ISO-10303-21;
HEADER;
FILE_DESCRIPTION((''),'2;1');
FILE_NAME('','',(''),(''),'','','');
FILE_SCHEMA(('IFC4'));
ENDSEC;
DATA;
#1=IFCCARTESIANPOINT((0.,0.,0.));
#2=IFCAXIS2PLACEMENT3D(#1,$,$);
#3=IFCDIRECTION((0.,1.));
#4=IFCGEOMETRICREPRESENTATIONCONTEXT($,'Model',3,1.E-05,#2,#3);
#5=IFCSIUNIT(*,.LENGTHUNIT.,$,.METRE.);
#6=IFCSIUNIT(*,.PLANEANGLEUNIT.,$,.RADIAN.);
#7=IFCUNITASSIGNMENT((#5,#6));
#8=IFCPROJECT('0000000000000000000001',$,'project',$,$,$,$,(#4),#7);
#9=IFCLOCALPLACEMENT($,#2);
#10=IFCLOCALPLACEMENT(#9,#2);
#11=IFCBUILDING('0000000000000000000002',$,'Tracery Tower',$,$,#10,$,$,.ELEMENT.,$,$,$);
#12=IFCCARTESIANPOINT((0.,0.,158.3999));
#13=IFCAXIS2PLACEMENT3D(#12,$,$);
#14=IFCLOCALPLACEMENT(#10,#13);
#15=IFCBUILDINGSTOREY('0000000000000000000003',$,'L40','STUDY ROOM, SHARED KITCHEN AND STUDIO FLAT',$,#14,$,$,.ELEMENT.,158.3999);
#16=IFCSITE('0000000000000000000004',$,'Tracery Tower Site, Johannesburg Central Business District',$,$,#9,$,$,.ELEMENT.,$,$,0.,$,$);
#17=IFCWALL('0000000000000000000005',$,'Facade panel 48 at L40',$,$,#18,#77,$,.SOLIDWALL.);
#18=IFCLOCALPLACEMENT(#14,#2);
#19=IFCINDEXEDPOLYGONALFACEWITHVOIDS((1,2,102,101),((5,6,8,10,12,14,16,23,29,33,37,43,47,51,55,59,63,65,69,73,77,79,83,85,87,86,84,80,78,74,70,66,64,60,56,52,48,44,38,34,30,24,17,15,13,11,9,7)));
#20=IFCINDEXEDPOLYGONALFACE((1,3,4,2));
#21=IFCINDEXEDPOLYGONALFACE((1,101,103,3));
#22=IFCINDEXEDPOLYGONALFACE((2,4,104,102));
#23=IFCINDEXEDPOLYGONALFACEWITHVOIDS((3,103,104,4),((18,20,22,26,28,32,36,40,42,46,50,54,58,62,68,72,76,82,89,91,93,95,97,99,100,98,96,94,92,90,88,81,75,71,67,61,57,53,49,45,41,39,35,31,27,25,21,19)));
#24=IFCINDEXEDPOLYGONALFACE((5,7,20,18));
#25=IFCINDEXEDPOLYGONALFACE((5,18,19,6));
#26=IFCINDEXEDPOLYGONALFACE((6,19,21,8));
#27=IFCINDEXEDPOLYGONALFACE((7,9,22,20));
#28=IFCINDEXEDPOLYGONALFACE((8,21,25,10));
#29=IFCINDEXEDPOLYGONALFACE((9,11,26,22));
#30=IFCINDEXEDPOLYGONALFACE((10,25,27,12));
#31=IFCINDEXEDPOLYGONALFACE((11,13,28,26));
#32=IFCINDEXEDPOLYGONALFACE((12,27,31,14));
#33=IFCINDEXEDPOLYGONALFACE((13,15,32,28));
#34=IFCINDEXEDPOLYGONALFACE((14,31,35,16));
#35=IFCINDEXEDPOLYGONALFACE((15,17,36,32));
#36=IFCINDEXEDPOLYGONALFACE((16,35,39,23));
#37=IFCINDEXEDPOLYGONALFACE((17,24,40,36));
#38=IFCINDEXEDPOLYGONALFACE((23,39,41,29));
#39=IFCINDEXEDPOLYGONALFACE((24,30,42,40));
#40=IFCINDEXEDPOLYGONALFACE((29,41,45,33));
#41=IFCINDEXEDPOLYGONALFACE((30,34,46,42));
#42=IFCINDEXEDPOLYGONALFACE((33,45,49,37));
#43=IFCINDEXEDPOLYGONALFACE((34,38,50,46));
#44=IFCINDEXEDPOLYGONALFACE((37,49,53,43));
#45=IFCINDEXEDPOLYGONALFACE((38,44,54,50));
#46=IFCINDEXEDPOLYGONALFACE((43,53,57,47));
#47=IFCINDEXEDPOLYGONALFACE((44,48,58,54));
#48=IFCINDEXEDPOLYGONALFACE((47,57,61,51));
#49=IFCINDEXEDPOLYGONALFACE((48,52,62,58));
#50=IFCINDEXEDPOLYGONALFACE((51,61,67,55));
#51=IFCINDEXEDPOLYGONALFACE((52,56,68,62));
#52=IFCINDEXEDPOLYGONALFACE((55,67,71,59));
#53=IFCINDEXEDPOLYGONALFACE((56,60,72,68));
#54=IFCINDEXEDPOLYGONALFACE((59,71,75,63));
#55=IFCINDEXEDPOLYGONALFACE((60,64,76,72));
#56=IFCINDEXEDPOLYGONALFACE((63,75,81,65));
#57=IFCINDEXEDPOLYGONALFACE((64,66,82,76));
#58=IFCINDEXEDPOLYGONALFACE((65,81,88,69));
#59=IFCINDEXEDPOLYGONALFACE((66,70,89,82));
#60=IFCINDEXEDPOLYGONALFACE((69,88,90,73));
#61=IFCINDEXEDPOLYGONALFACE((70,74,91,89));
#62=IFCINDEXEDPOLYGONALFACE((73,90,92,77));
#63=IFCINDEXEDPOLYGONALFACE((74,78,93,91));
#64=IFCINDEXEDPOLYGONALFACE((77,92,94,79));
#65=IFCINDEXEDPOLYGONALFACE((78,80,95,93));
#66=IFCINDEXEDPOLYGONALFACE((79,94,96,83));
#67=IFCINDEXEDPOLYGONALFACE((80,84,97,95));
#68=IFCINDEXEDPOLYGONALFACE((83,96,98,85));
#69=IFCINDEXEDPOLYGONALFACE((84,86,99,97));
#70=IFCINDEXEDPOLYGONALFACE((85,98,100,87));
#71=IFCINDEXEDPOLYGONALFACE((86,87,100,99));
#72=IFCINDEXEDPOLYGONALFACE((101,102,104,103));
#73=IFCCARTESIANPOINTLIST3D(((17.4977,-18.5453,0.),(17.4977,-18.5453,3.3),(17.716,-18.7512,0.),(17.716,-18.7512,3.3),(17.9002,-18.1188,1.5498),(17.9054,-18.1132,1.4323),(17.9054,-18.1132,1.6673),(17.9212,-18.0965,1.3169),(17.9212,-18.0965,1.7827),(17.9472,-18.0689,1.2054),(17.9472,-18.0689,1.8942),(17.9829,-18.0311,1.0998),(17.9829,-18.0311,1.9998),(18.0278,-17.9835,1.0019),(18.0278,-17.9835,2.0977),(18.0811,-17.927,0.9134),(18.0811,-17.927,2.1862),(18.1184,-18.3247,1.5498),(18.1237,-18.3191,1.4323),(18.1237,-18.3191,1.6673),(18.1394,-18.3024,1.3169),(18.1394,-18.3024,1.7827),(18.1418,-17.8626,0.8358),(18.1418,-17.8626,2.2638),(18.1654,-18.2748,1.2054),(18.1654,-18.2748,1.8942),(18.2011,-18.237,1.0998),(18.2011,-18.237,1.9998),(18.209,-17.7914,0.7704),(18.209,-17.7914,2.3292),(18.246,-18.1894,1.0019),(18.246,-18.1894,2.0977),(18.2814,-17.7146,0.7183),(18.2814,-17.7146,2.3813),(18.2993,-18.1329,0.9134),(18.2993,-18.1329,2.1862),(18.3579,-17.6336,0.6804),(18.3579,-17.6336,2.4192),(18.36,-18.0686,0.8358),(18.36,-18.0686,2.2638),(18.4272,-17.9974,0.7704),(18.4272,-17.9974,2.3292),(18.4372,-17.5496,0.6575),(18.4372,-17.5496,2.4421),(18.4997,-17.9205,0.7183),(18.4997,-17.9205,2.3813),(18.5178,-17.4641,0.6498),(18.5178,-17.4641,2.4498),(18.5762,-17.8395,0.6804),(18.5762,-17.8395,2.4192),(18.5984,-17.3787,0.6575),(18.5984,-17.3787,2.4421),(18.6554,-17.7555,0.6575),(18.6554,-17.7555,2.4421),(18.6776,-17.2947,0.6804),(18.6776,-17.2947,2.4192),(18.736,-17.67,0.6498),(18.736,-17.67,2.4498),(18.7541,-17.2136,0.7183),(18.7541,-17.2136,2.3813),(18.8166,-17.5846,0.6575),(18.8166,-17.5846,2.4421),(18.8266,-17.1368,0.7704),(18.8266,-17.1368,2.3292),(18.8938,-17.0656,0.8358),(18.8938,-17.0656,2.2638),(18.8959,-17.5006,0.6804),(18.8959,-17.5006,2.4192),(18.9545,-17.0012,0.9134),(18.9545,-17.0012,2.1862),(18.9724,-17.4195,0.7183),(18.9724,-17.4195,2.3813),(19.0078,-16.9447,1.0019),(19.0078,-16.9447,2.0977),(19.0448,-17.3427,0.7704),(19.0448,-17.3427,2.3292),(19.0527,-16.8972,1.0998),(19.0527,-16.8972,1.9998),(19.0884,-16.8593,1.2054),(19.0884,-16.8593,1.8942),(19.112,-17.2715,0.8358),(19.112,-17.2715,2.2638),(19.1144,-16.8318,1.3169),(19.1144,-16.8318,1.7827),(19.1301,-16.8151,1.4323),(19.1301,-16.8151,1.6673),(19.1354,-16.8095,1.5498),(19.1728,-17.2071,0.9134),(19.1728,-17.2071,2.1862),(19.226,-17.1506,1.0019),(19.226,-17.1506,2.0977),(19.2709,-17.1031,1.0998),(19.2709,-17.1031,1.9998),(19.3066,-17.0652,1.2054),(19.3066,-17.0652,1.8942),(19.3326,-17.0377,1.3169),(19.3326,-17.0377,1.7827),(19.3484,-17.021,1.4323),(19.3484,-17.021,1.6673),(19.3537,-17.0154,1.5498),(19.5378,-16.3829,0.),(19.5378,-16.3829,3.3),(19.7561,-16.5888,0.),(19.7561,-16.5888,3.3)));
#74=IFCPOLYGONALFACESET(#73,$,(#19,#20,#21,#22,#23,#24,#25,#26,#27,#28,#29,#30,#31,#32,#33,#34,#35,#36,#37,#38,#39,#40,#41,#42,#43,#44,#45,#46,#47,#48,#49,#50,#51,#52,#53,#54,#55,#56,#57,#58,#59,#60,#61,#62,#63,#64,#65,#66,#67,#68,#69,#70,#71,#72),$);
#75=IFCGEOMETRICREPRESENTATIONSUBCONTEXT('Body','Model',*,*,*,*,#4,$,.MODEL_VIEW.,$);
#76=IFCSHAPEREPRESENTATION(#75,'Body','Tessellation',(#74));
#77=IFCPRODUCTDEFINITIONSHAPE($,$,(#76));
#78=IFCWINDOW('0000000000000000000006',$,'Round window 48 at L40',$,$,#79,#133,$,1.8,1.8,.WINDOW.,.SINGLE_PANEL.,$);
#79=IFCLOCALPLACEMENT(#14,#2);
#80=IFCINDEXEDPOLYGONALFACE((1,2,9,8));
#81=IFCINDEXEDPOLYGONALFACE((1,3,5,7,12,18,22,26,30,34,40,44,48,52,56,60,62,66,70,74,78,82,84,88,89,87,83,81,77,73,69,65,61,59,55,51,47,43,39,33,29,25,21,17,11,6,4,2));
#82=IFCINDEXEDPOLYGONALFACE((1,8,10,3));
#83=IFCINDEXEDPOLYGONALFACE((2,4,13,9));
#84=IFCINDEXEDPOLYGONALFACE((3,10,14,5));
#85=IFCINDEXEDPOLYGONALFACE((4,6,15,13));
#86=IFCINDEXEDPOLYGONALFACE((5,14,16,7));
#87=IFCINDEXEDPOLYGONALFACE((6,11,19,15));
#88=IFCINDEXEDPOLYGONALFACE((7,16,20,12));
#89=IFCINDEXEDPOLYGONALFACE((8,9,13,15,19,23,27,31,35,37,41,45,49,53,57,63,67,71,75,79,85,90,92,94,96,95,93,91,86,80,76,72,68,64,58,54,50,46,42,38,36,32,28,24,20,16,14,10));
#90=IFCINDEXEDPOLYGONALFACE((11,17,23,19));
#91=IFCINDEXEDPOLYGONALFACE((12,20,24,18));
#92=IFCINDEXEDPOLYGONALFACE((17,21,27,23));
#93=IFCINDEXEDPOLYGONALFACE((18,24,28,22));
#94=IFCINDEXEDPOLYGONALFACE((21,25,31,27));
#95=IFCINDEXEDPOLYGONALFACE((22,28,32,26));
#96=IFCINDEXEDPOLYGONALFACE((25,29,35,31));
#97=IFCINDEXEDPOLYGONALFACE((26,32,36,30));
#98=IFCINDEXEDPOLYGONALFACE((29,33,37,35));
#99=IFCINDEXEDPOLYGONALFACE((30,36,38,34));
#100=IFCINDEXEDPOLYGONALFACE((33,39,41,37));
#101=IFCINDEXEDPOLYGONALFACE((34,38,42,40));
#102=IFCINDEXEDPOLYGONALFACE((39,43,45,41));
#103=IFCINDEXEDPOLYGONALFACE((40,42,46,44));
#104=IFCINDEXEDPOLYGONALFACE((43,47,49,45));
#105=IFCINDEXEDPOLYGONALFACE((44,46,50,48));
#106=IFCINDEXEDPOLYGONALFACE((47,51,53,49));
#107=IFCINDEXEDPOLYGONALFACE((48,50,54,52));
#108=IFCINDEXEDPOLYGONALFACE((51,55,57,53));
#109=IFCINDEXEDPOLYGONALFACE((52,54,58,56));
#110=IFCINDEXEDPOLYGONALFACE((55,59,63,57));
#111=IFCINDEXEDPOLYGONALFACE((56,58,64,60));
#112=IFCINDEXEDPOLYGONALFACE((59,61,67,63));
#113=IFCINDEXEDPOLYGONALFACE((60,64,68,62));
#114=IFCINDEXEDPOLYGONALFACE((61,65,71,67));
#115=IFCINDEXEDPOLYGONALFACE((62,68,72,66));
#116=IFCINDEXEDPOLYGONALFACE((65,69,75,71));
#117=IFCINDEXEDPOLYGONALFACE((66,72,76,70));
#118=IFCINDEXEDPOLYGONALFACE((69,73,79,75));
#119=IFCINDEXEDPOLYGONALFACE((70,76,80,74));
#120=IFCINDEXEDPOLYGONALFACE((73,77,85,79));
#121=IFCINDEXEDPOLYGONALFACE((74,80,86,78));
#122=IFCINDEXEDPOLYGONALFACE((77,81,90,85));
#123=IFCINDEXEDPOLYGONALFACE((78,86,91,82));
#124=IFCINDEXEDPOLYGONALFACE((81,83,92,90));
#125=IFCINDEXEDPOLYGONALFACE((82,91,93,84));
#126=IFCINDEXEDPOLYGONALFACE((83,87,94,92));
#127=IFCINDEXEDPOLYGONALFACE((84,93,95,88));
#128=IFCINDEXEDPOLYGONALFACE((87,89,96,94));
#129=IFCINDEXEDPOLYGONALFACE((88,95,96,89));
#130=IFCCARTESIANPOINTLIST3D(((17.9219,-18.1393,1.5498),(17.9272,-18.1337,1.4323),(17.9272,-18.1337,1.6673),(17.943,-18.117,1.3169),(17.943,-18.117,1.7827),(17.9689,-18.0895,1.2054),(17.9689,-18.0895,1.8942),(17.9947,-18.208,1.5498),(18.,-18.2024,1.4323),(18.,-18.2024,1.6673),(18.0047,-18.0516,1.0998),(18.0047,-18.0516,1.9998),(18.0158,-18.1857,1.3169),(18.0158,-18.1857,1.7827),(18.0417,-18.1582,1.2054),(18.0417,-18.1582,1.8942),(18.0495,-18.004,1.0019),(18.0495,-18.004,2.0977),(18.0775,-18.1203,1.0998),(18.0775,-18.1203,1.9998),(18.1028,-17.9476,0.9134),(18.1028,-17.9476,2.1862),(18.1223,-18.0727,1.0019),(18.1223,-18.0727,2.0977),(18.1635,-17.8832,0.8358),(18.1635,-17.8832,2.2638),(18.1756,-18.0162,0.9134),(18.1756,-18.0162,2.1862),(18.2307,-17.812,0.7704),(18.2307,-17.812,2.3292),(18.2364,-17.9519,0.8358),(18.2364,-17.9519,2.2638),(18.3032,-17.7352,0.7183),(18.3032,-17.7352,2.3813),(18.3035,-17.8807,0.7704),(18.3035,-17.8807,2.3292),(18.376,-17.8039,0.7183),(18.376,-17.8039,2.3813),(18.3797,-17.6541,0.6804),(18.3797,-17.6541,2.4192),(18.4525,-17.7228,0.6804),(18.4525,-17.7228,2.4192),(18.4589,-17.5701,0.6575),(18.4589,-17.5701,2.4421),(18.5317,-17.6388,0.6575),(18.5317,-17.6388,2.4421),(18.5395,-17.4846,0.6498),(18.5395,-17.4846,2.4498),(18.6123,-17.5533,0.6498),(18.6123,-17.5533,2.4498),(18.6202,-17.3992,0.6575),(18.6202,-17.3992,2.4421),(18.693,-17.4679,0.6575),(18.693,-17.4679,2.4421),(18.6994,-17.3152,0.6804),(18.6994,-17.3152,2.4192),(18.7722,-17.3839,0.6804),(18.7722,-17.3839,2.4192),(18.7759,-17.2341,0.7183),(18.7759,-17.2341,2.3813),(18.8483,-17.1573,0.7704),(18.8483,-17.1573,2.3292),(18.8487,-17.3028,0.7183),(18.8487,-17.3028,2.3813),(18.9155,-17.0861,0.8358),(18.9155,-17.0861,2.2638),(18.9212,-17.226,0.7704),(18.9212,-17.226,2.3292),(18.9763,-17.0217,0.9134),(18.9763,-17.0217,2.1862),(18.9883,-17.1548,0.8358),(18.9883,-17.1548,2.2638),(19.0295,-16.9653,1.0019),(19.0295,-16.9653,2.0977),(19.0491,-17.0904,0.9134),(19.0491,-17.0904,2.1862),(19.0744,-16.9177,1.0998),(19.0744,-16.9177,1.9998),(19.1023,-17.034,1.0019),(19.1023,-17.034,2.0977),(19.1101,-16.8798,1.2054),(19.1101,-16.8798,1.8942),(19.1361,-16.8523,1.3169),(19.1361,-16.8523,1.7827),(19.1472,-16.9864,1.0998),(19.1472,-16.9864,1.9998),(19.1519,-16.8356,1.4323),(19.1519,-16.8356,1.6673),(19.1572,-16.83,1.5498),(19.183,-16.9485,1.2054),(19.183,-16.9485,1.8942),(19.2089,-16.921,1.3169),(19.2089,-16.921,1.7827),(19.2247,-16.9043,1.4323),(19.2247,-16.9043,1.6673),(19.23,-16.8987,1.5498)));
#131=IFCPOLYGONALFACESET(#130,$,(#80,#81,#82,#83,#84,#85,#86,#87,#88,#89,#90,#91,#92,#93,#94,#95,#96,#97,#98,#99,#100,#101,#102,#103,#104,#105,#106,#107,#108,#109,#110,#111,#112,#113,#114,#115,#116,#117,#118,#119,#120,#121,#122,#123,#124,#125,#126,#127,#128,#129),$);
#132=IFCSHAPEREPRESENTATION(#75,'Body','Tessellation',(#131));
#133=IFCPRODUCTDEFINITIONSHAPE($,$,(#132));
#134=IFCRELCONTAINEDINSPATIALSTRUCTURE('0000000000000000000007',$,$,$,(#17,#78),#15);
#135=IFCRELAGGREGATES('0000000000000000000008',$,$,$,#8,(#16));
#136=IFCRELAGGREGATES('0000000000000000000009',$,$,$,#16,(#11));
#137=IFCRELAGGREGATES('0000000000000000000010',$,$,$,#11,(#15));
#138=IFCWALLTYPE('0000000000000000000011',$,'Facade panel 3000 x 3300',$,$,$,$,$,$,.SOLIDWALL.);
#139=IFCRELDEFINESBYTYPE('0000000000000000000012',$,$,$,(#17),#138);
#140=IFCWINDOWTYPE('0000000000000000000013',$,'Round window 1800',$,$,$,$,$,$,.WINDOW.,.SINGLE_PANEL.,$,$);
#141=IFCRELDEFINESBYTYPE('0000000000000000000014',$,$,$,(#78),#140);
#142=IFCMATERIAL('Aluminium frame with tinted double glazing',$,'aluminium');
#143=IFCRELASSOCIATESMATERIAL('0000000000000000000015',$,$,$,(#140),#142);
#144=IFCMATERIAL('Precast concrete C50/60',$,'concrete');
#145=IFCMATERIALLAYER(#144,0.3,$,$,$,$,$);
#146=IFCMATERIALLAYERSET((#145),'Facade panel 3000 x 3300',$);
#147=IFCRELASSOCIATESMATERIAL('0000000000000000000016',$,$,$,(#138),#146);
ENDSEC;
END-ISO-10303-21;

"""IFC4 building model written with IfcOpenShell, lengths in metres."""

from ifc_helpers import new_model, si_unit, direction, frame, frame_2d, origin, origin_2d, place, context, subcontext, project, spatial, rectangle, circle, extrude, material, layer, layer_set, type_object, element, fill, save


model = new_model("IFC4")

# Units and contexts
model_context = context("Model", 3, precision=1e-05, world=origin(), true_north=direction((0.0, 1.0)))
body_context = subcontext(model_context, "Body", "Model", "MODEL_VIEW")
ifc_project = project(units=[si_unit("LENGTHUNIT", "METRE"), si_unit("PLANEANGLEUNIT", "RADIAN")], contexts=[model_context])

# Site, building, storey
site_placement = place(None, origin())
site = spatial("IfcSite", under=ifc_project, at=site_placement, Name="Tracery Tower Site, Johannesburg Central Business District", CompositionType="ELEMENT", RefElevation=0.0)
building_placement = place(site_placement, origin())
building = spatial("IfcBuilding", under=site, at=building_placement, Name="Tracery Tower", CompositionType="ELEMENT")
storey_placement = place(building_placement, frame((0.0, 0.0, 158.3999)))
storey = spatial("IfcBuildingStorey", under=building, at=storey_placement, Name="L40", Description="STUDY ROOM, SHARED KITCHEN AND STUDIO FLAT", CompositionType="ELEMENT", Elevation=158.3999)

# Wall, opening, window
ifc_material_1 = material(Name="Aluminium frame with tinted double glazing", Category="aluminium")
window_type = type_object("IfcWindowType", Name="Round window 1800", PartitioningType="SINGLE_PANEL", PredefinedType="WINDOW", material=ifc_material_1)
ifc_material_2 = material(Name="Precast concrete C50/60", Category="concrete")
ifc_layer_1 = layer(ifc_material_2, 0.3)
ifc_layer_set_1 = layer_set([ifc_layer_1], Name="Facade panel 3000 x 3300")
wall_type_1 = type_object("IfcWallType", Name="Facade panel 3000 x 3300", PredefinedType="SOLIDWALL", material=ifc_layer_set_1)
wall_1_placement = place(storey_placement, frame((17.6069, -18.6482, 0.0), z_axis=(0.0, 0.0, 1.0), x_axis=(0.686235, 0.72738, 0.0)))
wall_1 = element("IfcWall", 1, at=wall_1_placement, inside=storey, type_object=wall_type_1, Name="Facade panel 48 at L40", PredefinedType="SOLIDWALL", context=body_context, shape_type="SweptSolid", body=[
    extrude(rectangle(XDim=2.9729, YDim=0.3, at=frame_2d((1.4863, 0.0))), origin(), (0.0, 0.0, 1.0), 3.3),
])
opening_1_placement = place(wall_1_placement, frame((1.4863, 0.0, 1.5498)))
opening_1 = element("IfcOpeningElement", 2, at=opening_1_placement, cuts=wall_1, PredefinedType="OPENING", context=body_context, shape_type="SweptSolid", body=[
    extrude(circle(Radius=0.9, at=origin_2d()), frame((0.0, 0.1599, 0.0), z_axis=(0.0, -1.0, 0.0), x_axis=(1.0, 0.0, 0.0)), (0.0, 0.0, 1.0), 0.3201),
])
window_1_placement = place(opening_1_placement, origin())
window_1 = element("IfcWindow", 3, at=window_1_placement, inside=storey, type_object=window_type, Name="Round window 48 at L40", OverallHeight=1.8, OverallWidth=1.8, PartitioningType="SINGLE_PANEL", PredefinedType="WINDOW", context=body_context, shape_type="SweptSolid", body=[
    extrude(circle(Radius=0.9, at=origin_2d()), frame((0.0, 0.1201, 0.0), z_axis=(0.0, -1.0, 0.0), x_axis=(1.0, 0.0, 0.0)), (0.0, 0.0, 1.0), 0.1001),
])
fill(opening_1, window_1)

save(model, "model.ifc")
